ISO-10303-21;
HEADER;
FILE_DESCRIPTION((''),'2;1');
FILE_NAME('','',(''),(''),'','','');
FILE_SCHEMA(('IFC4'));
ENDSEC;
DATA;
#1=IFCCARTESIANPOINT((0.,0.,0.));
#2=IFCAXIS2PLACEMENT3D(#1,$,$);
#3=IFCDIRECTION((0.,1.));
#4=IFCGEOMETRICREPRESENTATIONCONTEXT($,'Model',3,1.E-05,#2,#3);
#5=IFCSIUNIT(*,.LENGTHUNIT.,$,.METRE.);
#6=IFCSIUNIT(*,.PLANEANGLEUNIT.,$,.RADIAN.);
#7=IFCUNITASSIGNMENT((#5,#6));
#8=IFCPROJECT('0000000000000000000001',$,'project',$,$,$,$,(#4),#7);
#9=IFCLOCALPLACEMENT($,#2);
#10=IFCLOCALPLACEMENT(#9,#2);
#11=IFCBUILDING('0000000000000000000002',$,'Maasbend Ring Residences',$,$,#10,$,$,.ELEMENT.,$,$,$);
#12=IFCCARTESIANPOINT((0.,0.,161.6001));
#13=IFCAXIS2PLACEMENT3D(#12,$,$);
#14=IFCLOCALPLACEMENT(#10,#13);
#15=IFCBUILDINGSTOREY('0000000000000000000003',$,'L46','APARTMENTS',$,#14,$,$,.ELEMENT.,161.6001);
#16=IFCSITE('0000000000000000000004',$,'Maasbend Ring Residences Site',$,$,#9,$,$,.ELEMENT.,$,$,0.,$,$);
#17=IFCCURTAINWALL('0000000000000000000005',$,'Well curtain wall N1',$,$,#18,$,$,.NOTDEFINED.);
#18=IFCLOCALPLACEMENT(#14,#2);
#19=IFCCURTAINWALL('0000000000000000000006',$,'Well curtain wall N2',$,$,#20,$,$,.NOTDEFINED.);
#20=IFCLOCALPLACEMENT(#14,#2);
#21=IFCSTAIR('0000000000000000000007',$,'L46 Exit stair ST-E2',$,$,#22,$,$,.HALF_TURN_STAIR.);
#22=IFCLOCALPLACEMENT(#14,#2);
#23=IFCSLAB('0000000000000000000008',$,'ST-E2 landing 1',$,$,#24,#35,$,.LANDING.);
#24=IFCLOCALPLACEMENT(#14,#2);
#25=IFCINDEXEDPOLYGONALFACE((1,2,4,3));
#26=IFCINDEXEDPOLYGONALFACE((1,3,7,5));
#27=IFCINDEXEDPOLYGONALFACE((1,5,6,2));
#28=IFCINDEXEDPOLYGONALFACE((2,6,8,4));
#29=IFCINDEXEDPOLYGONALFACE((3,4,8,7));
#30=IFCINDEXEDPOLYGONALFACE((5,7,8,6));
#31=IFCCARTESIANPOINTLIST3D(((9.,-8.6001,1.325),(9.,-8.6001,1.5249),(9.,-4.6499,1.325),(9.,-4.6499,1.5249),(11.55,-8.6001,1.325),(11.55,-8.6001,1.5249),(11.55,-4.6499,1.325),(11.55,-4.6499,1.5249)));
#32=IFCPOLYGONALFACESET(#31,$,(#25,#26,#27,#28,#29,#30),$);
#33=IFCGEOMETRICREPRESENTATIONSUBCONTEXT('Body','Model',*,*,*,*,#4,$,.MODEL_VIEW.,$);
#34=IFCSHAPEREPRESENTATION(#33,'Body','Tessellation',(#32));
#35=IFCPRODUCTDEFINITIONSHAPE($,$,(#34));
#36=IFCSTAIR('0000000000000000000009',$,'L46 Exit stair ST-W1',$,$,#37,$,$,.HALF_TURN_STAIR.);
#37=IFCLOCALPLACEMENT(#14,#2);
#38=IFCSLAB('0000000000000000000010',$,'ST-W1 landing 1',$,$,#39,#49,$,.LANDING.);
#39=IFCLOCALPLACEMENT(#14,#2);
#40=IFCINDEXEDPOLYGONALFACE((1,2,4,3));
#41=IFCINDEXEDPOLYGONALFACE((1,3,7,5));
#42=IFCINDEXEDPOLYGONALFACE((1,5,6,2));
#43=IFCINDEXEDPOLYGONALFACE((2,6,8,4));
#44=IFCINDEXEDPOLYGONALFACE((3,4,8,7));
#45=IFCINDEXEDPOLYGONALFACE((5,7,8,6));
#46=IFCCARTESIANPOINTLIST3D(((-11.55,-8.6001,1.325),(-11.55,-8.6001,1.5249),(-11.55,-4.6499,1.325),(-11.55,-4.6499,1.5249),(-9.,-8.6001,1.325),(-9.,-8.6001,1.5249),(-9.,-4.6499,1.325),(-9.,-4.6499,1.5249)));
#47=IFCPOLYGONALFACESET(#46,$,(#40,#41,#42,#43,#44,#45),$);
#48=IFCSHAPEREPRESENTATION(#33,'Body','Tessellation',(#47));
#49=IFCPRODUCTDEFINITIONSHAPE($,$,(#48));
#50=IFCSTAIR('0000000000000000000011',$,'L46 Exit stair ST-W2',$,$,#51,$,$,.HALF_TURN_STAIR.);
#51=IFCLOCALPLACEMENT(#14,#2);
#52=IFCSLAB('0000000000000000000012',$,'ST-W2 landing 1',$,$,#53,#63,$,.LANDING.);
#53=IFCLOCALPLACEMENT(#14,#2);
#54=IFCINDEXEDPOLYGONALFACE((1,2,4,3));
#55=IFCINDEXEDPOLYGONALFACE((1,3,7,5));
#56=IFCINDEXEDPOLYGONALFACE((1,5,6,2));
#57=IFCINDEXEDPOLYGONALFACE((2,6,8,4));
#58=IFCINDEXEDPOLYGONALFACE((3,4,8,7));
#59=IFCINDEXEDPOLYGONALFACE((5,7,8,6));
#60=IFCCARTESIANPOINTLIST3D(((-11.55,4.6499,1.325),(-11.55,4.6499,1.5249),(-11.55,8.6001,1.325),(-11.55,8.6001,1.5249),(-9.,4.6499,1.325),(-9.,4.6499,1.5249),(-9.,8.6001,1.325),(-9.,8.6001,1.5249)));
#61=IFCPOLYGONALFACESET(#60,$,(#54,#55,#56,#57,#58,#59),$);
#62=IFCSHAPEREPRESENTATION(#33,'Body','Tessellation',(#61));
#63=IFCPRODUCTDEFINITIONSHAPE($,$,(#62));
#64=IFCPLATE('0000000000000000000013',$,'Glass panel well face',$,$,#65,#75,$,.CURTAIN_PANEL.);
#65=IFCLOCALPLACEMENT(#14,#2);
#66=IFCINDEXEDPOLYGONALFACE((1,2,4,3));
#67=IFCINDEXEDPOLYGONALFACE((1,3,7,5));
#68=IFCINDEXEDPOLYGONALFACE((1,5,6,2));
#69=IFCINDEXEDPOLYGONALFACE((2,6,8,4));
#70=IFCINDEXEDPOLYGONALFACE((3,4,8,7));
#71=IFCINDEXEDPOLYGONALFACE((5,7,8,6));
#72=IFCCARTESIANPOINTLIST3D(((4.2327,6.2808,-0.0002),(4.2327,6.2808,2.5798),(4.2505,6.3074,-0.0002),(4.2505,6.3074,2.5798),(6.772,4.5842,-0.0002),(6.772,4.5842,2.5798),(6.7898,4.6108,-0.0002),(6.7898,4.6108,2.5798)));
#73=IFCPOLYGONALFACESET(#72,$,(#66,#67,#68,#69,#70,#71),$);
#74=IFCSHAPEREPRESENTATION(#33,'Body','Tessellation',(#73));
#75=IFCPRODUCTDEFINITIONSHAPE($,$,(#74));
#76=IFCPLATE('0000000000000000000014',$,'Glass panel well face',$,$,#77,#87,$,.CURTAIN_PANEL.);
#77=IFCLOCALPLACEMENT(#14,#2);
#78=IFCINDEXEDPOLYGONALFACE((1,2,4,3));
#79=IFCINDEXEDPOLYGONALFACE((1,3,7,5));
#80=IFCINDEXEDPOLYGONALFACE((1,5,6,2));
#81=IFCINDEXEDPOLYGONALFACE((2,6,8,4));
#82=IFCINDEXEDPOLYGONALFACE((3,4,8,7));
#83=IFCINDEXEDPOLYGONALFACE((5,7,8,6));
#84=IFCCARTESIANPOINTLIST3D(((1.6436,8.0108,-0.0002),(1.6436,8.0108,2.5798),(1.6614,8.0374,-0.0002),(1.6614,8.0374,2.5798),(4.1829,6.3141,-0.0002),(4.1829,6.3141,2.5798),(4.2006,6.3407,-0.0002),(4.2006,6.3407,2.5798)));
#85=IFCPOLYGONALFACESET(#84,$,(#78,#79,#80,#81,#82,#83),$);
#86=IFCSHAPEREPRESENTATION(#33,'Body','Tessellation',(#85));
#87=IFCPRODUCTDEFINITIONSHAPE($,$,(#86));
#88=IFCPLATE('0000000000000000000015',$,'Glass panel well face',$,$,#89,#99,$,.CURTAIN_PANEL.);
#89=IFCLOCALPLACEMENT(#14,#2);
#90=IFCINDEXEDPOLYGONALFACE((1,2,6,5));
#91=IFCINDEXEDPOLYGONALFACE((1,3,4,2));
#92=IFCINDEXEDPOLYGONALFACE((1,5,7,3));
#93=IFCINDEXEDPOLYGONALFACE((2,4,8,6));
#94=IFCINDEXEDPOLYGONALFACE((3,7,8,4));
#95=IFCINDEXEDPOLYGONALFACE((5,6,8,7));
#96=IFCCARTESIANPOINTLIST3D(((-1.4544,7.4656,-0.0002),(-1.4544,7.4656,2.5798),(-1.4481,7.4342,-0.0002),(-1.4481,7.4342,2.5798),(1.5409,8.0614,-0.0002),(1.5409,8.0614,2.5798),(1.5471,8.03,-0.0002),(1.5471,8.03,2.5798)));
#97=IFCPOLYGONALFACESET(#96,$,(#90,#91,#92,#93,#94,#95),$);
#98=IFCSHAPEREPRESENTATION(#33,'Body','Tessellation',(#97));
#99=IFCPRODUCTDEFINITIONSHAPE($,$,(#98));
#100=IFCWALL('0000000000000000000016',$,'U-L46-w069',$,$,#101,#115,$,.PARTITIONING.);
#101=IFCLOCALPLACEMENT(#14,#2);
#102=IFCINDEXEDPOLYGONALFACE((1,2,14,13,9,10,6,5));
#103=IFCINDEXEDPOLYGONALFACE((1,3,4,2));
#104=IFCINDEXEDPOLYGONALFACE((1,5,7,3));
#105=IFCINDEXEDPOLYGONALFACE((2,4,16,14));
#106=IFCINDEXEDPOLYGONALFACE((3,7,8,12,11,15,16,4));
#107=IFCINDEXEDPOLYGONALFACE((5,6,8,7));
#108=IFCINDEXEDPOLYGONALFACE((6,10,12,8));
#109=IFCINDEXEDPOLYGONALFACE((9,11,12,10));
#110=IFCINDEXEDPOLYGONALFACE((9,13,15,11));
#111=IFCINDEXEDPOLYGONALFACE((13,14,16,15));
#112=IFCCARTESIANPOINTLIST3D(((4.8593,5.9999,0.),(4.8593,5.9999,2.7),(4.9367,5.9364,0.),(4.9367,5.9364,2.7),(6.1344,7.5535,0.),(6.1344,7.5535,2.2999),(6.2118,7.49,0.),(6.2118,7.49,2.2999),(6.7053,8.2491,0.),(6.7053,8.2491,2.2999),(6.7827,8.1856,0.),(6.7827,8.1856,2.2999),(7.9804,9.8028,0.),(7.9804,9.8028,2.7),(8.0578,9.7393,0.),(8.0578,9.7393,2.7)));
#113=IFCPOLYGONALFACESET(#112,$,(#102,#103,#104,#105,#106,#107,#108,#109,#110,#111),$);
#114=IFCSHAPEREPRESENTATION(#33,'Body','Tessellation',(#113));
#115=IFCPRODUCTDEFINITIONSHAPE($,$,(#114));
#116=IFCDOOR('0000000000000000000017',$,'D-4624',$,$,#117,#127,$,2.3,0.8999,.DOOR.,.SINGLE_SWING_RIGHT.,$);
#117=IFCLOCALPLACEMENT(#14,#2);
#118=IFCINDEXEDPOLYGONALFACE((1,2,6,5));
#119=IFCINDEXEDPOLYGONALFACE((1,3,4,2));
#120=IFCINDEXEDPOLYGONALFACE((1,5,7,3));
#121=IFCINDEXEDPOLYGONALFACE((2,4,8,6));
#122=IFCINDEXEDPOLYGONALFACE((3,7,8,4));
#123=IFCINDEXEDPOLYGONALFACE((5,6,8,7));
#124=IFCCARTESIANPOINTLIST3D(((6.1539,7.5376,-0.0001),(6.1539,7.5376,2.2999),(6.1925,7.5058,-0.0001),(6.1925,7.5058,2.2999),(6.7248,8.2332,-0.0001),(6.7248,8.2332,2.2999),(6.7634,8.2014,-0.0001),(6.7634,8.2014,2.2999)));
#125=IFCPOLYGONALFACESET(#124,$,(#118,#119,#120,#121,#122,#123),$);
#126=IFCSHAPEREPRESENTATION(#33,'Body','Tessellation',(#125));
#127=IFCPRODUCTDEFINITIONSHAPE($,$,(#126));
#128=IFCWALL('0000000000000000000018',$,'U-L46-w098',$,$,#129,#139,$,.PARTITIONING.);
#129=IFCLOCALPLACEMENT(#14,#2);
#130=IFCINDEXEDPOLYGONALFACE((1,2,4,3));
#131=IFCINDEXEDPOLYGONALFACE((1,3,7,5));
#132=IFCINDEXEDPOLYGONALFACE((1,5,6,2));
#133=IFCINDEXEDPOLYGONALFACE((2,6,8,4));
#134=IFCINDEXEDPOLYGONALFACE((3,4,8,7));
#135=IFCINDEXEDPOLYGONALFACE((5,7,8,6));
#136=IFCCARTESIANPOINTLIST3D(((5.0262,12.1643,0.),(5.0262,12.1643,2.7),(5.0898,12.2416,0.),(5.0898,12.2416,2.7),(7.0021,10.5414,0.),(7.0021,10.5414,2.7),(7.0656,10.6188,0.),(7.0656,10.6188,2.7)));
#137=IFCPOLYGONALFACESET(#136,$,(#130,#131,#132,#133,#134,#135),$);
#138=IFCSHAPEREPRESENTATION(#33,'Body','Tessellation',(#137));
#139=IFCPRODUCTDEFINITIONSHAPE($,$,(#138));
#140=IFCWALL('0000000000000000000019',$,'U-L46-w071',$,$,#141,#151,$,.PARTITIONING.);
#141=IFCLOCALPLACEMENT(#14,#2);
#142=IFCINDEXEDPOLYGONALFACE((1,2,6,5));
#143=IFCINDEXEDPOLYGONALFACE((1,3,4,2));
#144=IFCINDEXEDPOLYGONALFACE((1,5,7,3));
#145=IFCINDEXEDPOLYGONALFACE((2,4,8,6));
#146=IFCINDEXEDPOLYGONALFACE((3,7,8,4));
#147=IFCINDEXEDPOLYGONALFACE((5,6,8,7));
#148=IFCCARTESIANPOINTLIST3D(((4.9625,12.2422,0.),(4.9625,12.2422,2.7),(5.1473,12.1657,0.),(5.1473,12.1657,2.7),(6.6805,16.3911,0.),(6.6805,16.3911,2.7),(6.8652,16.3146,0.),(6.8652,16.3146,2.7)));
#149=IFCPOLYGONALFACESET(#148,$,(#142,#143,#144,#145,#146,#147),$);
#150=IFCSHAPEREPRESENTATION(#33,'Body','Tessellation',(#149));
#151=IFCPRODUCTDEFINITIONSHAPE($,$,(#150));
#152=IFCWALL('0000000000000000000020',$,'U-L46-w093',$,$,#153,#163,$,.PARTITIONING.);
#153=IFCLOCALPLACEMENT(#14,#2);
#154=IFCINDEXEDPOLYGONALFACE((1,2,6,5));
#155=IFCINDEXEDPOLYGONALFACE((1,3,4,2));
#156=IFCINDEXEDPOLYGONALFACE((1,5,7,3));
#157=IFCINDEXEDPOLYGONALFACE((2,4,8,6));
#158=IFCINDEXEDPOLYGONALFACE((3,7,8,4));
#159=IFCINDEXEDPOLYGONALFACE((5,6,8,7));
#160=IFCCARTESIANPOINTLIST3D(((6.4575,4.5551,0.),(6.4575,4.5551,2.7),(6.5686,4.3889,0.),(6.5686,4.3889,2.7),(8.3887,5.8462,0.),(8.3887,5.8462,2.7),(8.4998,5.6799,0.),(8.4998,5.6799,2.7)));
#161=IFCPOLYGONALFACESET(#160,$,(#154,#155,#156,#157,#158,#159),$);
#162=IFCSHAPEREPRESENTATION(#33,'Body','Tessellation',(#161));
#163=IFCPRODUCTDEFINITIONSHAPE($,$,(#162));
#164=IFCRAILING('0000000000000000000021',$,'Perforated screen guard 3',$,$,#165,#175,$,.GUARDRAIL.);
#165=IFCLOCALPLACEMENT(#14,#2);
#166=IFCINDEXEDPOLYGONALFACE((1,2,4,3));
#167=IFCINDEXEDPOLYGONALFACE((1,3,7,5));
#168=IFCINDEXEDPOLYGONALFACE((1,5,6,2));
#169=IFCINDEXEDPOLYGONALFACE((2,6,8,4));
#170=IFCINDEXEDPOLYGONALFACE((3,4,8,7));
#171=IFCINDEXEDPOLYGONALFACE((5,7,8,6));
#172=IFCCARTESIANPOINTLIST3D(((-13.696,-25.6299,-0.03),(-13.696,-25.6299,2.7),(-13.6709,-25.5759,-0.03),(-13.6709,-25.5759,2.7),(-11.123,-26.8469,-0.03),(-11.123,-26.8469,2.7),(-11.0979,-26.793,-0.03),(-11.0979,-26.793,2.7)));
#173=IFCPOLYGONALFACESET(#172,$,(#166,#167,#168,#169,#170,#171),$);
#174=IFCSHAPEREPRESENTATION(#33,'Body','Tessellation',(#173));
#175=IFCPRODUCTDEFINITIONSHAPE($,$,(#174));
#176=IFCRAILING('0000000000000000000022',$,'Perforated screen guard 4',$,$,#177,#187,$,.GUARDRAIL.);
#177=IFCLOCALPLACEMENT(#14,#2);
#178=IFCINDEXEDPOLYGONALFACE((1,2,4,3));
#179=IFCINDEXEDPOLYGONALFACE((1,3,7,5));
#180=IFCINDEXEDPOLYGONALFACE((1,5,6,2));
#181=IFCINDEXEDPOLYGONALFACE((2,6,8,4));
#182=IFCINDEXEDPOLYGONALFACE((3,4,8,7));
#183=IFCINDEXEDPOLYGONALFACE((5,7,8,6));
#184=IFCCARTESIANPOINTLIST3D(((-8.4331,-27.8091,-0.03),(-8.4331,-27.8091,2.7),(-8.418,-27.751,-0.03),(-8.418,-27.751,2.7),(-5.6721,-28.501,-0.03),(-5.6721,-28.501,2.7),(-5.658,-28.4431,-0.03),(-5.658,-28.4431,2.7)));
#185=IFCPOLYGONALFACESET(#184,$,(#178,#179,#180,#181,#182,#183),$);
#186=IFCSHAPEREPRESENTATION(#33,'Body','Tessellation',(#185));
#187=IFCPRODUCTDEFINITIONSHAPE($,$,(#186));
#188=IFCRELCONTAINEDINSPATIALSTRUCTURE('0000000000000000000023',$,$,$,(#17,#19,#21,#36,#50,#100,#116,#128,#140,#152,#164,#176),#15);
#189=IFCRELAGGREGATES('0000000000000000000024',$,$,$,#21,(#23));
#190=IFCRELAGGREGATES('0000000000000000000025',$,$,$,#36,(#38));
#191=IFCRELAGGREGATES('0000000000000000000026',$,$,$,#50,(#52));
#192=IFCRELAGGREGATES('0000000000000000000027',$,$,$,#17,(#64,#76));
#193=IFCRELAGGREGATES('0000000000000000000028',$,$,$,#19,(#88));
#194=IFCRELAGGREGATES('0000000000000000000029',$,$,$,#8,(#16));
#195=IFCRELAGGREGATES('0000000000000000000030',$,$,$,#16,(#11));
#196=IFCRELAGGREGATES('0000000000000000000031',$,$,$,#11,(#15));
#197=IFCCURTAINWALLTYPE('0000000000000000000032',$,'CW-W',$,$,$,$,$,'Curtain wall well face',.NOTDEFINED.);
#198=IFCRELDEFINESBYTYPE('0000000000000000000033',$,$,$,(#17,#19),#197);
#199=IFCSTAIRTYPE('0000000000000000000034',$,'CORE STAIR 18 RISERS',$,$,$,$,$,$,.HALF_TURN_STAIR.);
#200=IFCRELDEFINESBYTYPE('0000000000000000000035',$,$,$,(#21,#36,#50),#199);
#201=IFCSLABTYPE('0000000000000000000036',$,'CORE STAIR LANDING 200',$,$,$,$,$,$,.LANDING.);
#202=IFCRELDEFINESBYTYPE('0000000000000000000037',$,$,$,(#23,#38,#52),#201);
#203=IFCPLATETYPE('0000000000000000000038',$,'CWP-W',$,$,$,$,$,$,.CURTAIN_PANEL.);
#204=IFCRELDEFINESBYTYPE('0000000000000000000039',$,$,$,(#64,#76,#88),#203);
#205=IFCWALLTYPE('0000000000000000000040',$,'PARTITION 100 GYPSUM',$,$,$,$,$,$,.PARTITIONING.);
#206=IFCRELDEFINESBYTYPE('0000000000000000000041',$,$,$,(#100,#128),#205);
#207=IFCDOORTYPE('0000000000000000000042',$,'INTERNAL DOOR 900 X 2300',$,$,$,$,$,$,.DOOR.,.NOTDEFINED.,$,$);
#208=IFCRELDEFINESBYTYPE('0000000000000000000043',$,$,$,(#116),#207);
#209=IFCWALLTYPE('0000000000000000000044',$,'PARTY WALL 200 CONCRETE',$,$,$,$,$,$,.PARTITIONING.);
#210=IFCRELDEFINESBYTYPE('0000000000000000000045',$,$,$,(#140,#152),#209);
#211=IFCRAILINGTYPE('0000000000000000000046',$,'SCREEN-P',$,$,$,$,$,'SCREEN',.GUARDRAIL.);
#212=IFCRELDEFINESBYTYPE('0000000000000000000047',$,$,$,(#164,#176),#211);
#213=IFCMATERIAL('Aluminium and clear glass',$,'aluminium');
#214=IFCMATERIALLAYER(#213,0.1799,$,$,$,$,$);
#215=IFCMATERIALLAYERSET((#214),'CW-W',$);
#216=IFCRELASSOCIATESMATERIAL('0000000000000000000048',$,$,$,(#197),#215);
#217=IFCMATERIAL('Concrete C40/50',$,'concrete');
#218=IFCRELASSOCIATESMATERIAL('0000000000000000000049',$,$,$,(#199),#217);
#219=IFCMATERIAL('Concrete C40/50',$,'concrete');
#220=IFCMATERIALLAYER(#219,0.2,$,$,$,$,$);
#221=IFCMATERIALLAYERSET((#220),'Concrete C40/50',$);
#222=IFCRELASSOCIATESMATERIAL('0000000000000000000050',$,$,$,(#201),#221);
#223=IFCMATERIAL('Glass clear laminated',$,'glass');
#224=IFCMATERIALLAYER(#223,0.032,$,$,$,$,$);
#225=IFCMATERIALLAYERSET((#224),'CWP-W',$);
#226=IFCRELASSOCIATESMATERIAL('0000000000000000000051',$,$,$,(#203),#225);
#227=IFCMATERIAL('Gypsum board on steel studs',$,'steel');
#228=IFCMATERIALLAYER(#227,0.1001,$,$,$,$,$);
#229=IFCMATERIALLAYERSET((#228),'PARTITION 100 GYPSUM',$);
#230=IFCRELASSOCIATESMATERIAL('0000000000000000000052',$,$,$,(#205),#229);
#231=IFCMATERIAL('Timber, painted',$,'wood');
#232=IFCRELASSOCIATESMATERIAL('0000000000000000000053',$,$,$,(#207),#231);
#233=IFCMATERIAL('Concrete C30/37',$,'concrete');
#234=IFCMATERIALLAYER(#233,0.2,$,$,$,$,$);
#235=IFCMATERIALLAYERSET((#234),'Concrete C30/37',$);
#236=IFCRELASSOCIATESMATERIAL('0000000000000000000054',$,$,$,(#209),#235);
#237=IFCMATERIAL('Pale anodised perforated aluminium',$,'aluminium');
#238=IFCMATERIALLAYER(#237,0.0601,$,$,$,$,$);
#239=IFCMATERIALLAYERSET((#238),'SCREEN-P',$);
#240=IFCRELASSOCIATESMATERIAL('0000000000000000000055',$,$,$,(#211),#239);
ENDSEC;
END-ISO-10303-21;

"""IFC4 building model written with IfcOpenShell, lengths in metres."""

from ifc_helpers import new_model, si_unit, direction, frame, frame_2d, origin, origin_2d, place, context, subcontext, project, spatial, polyline, rectangle, outline, extrude, material, layer, layer_set, type_object, element, fill, aggregate, save


model = new_model("IFC4")

# Units and contexts
model_context = context("Model", 3, precision=1e-05, world=origin(), true_north=direction((0.0, 1.0)))
body_context = subcontext(model_context, "Body", "Model", "MODEL_VIEW")
ifc_project = project(units=[si_unit("LENGTHUNIT", "METRE"), si_unit("PLANEANGLEUNIT", "RADIAN")], contexts=[model_context])

# Site, building, storey
site_placement = place(None, origin())
site = spatial("IfcSite", under=ifc_project, at=site_placement, Name="Maasbend Ring Residences Site", CompositionType="ELEMENT", RefElevation=0.0)
building_placement = place(site_placement, origin())
building = spatial("IfcBuilding", under=site, at=building_placement, Name="Maasbend Ring Residences", CompositionType="ELEMENT")
storey_placement = place(building_placement, frame((0.0, 0.0, 161.6001)))
storey = spatial("IfcBuildingStorey", under=building, at=storey_placement, Name="L46", Description="APARTMENTS", CompositionType="ELEMENT", Elevation=161.6001)

# Curtain wall
ifc_material_1 = material(Name="Aluminium and clear glass", Category="aluminium")
ifc_layer_1 = layer(ifc_material_1, 0.1799)
ifc_layer_set_1 = layer_set([ifc_layer_1], Name="CW-W")
curtain_wall_type = type_object("IfcCurtainWallType", Name="CW-W", ElementType="Curtain wall well face", PredefinedType="NOTDEFINED", material=ifc_layer_set_1)
curtain_wall_1_placement = place(storey_placement, origin())
curtain_wall_1 = element("IfcCurtainWall", 1, at=curtain_wall_1_placement, inside=storey, type_object=curtain_wall_type, Name="Well curtain wall N1", PredefinedType="NOTDEFINED")

# Curtain wall
curtain_wall_2_placement = place(storey_placement, origin())
curtain_wall_2 = element("IfcCurtainWall", 2, at=curtain_wall_2_placement, inside=storey, type_object=curtain_wall_type, Name="Well curtain wall N2", PredefinedType="NOTDEFINED")

# Stairs, slabs
ifc_material_2 = material(Name="Concrete C40/50", Category="concrete")
stair_type = type_object("IfcStairType", Name="CORE STAIR 18 RISERS", PredefinedType="HALF_TURN_STAIR", material=ifc_material_2)
ifc_material_3 = material(Name="Concrete C40/50", Category="concrete")
ifc_layer_2 = layer(ifc_material_3, 0.2)
ifc_layer_set_2 = layer_set([ifc_layer_2], Name="Concrete C40/50")
slab_type = type_object("IfcSlabType", Name="CORE STAIR LANDING 200", PredefinedType="LANDING", material=ifc_layer_set_2)
stair_1_placement = place(storey_placement, origin())
stair_1 = element("IfcStair", 3, at=stair_1_placement, inside=storey, type_object=stair_type, Name="L46 Exit stair ST-E2", PredefinedType="HALF_TURN_STAIR")
slab_1_placement = place(storey_placement, frame((0.0, 0.0, 1.325)))
slab_1 = element("IfcSlab", 4, at=slab_1_placement, type_object=slab_type, Name="ST-E2 landing 1", PredefinedType="LANDING", context=body_context, shape_type="SweptSolid", body=[
    extrude(outline(polyline([(11.55, -4.6499), (9.0, -4.6499), (9.0, -8.6001), (11.55, -8.6001), (11.55, -4.6499)])), origin(), (0.0, 0.0, 1.0), 0.2),
])
aggregate(stair_1, [slab_1])
stair_2_placement = place(storey_placement, origin())
stair_2 = element("IfcStair", 5, at=stair_2_placement, inside=storey, type_object=stair_type, Name="L46 Exit stair ST-W1", PredefinedType="HALF_TURN_STAIR")
slab_2_placement = place(storey_placement, frame((0.0, 0.0, 1.325)))
slab_2 = element("IfcSlab", 6, at=slab_2_placement, type_object=slab_type, Name="ST-W1 landing 1", PredefinedType="LANDING", context=body_context, shape_type="SweptSolid", body=[
    extrude(outline(polyline([(-11.55, -8.6001), (-9.0, -8.6001), (-9.0, -4.6499), (-11.55, -4.6499), (-11.55, -8.6001)])), origin(), (0.0, 0.0, 1.0), 0.2),
])
aggregate(stair_2, [slab_2])
stair_3_placement = place(storey_placement, origin())
stair_3 = element("IfcStair", 7, at=stair_3_placement, inside=storey, type_object=stair_type, Name="L46 Exit stair ST-W2", PredefinedType="HALF_TURN_STAIR")
slab_3_placement = place(storey_placement, frame((0.0, 0.0, 1.325)))
slab_3 = element("IfcSlab", 8, at=slab_3_placement, type_object=slab_type, Name="ST-W2 landing 1", PredefinedType="LANDING", context=body_context, shape_type="SweptSolid", body=[
    extrude(outline(polyline([(-11.55, 4.6499), (-9.0, 4.6499), (-9.0, 8.6001), (-11.55, 8.6001), (-11.55, 4.6499)])), origin(), (0.0, 0.0, 1.0), 0.2),
])
aggregate(stair_3, [slab_3])

# Plates
ifc_material_4 = material(Name="Glass clear laminated", Category="glass")
ifc_layer_3 = layer(ifc_material_4, 0.032)
ifc_layer_set_3 = layer_set([ifc_layer_3], Name="CWP-W")
plate_type = type_object("IfcPlateType", Name="CWP-W", PredefinedType="CURTAIN_PANEL", material=ifc_layer_set_3)
plate_1_placement = place(storey_placement, frame((5.5112, 5.4458, -0.0002), z_axis=(0.0, 0.0, 1.0), x_axis=(-0.83147, 0.55557, 0.0)))
plate_1 = element("IfcPlate", 9, at=plate_1_placement, type_object=plate_type, Name="Glass panel well face", PredefinedType="CURTAIN_PANEL", context=body_context, shape_type="SweptSolid", body=[
    extrude(rectangle(XDim=3.054, YDim=0.032, at=origin_2d()), origin(), (0.0, 0.0, 1.0), 2.5801),
])
plate_2_placement = place(storey_placement, frame((2.9221, 7.1758, -0.0002), z_axis=(0.0, 0.0, 1.0), x_axis=(-0.83147, 0.55557, 0.0)))
plate_2 = element("IfcPlate", 10, at=plate_2_placement, type_object=plate_type, Name="Glass panel well face", PredefinedType="CURTAIN_PANEL", context=body_context, shape_type="SweptSolid", body=[
    extrude(rectangle(XDim=3.054, YDim=0.032, at=origin_2d()), origin(), (0.0, 0.0, 1.0), 2.5801),
])
aggregate(curtain_wall_1, [plate_1, plate_2])
plate_3_placement = place(storey_placement, frame((0.0464, 7.7478, -0.0002), z_axis=(0.0, 0.0, 1.0), x_axis=(-0.980785, -0.19509, 0.0)))
plate_3 = element("IfcPlate", 11, at=plate_3_placement, type_object=plate_type, Name="Glass panel well face", PredefinedType="CURTAIN_PANEL", context=body_context, shape_type="SweptSolid", body=[
    extrude(rectangle(XDim=3.054, YDim=0.032, at=origin_2d()), origin(), (0.0, 0.0, 1.0), 2.5801),
])
aggregate(curtain_wall_2, [plate_3])

# Wall, opening, door
ifc_material_5 = material(Name="Gypsum board on steel studs", Category="steel")
ifc_layer_4 = layer(ifc_material_5, 0.1001)
ifc_layer_set_4 = layer_set([ifc_layer_4], Name="PARTITION 100 GYPSUM")
wall_type_1 = type_object("IfcWallType", Name="PARTITION 100 GYPSUM", PredefinedType="PARTITIONING", material=ifc_layer_set_4)
wall_1_placement = place(storey_placement, frame((4.8979, 5.968, 0.0), z_axis=(0.0, 0.0, 1.0), x_axis=(0.634402, 0.773003, 0.0)))
wall_1 = element("IfcWall", 12, at=wall_1_placement, inside=storey, type_object=wall_type_1, Name="U-L46-w069", PredefinedType="PARTITIONING", context=body_context, shape_type="SweptSolid", body=[
    extrude(rectangle(XDim=4.9197, YDim=0.1001, at=frame_2d((2.46, 0.0))), origin(), (0.0, 0.0, 1.0), 2.7),
])
opening_placement = place(wall_1_placement, frame((2.01, 0.0, 0.0)))
opening = element("IfcOpeningElement", 13, at=opening_placement, cuts=wall_1, PredefinedType="OPENING", context=body_context, shape_type="SweptSolid", body=[
    extrude(rectangle(XDim=0.8999, YDim=2.3, at=frame_2d((0.45, 1.1499))), frame((0.0, 0.0601, 0.0), z_axis=(0.0, -1.0, 0.0), x_axis=(1.0, 0.0, 0.0)), (0.0, 0.0, 1.0), 0.1201),
])
ifc_material_6 = material(Name="Timber, painted", Category="wood")
door_type = type_object("IfcDoorType", Name="INTERNAL DOOR 900 X 2300", OperationType="NOTDEFINED", PredefinedType="DOOR", material=ifc_material_6)
door_placement = place(opening_placement, origin())
door = element("IfcDoor", 14, at=door_placement, inside=storey, type_object=door_type, Name="D-4624", OperationType="SINGLE_SWING_RIGHT", OverallHeight=2.3, OverallWidth=0.8999, PredefinedType="DOOR", context=body_context, shape_type="SweptSolid", body=[
    extrude(rectangle(XDim=0.8999, YDim=2.3, at=frame_2d((0.45, 1.1499))), frame((0.0, 0.0249, 0.0), z_axis=(0.0, -1.0, 0.0), x_axis=(1.0, 0.0, 0.0)), (0.0, 0.0, 1.0), 0.05),
])
fill(opening, door)

# Walls
wall_2_placement = place(storey_placement, frame((5.0581, 12.2029, 0.0), z_axis=(0.0, 0.0, 1.0), x_axis=(0.772765, -0.634693, 0.0)))
element("IfcWall", 15, at=wall_2_placement, inside=storey, type_object=wall_type_1, Name="U-L46-w098", PredefinedType="PARTITIONING", context=body_context, shape_type="SweptSolid", body=[
    extrude(rectangle(XDim=2.5569, YDim=0.1001, at=frame_2d((1.2783, 0.0))), origin(), (0.0, 0.0, 1.0), 2.7),
])
ifc_material_7 = material(Name="Concrete C30/37", Category="concrete")
ifc_layer_5 = layer(ifc_material_7, 0.2)
ifc_layer_set_5 = layer_set([ifc_layer_5], Name="Concrete C30/37")
wall_type_2 = type_object("IfcWallType", Name="PARTY WALL 200 CONCRETE", PredefinedType="PARTITIONING", material=ifc_layer_set_5)
wall_3_placement = place(storey_placement, frame((5.0549, 12.2041, 0.0), z_axis=(0.0, 0.0, 1.0), x_axis=(0.382584, 0.923921, 0.0)))
element("IfcWall", 16, at=wall_3_placement, inside=storey, type_object=wall_type_2, Name="U-L46-w071", PredefinedType="PARTITIONING", context=body_context, shape_type="SweptSolid", body=[
    extrude(rectangle(XDim=4.4905, YDim=0.2, at=frame_2d((2.2451, 0.0))), origin(), (0.0, 0.0, 1.0), 2.7),
])
wall_4_placement = place(storey_placement, frame((6.5129, 4.4719, 0.0), z_axis=(0.0, 0.0, 1.0), x_axis=(0.831338, 0.555767, 0.0)))
element("IfcWall", 17, at=wall_4_placement, inside=storey, type_object=wall_type_2, Name="U-L46-w093", PredefinedType="PARTITIONING", context=body_context, shape_type="SweptSolid", body=[
    extrude(rectangle(XDim=2.323, YDim=0.2, at=frame_2d((1.1616, 0.0))), origin(), (0.0, 0.0, 1.0), 2.7),
])

# Railings
ifc_material_8 = material(Name="Pale anodised perforated aluminium", Category="aluminium")
ifc_layer_6 = layer(ifc_material_8, 0.0601)
ifc_layer_set_6 = layer_set([ifc_layer_6], Name="SCREEN-P")
railing_type = type_object("IfcRailingType", Name="SCREEN-P", ElementType="SCREEN", PredefinedType="GUARDRAIL", material=ifc_layer_set_6)
railing_1_placement = place(storey_placement, frame((0.0, 0.0, -0.03)))
element("IfcRailing", 18, at=railing_1_placement, inside=storey, type_object=railing_type, Name="Perforated screen guard 3", PredefinedType="GUARDRAIL", context=body_context, shape_type="SweptSolid", body=[
    extrude(outline(polyline([(-13.6709, -25.5759), (-11.0979, -26.793), (-11.123, -26.8469), (-13.696, -25.6299), (-13.6709, -25.5759)])), origin(), (0.0, 0.0, 1.0), 2.73),
])
railing_2_placement = place(storey_placement, frame((0.0, 0.0, -0.03)))
element("IfcRailing", 19, at=railing_2_placement, inside=storey, type_object=railing_type, Name="Perforated screen guard 4", PredefinedType="GUARDRAIL", context=body_context, shape_type="SweptSolid", body=[
    extrude(outline(polyline([(-8.418, -27.751), (-5.658, -28.4431), (-5.6721, -28.501), (-8.4331, -27.8091), (-8.418, -27.751)])), origin(), (0.0, 0.0, 1.0), 2.73),
])

save(model, "model.ifc")
